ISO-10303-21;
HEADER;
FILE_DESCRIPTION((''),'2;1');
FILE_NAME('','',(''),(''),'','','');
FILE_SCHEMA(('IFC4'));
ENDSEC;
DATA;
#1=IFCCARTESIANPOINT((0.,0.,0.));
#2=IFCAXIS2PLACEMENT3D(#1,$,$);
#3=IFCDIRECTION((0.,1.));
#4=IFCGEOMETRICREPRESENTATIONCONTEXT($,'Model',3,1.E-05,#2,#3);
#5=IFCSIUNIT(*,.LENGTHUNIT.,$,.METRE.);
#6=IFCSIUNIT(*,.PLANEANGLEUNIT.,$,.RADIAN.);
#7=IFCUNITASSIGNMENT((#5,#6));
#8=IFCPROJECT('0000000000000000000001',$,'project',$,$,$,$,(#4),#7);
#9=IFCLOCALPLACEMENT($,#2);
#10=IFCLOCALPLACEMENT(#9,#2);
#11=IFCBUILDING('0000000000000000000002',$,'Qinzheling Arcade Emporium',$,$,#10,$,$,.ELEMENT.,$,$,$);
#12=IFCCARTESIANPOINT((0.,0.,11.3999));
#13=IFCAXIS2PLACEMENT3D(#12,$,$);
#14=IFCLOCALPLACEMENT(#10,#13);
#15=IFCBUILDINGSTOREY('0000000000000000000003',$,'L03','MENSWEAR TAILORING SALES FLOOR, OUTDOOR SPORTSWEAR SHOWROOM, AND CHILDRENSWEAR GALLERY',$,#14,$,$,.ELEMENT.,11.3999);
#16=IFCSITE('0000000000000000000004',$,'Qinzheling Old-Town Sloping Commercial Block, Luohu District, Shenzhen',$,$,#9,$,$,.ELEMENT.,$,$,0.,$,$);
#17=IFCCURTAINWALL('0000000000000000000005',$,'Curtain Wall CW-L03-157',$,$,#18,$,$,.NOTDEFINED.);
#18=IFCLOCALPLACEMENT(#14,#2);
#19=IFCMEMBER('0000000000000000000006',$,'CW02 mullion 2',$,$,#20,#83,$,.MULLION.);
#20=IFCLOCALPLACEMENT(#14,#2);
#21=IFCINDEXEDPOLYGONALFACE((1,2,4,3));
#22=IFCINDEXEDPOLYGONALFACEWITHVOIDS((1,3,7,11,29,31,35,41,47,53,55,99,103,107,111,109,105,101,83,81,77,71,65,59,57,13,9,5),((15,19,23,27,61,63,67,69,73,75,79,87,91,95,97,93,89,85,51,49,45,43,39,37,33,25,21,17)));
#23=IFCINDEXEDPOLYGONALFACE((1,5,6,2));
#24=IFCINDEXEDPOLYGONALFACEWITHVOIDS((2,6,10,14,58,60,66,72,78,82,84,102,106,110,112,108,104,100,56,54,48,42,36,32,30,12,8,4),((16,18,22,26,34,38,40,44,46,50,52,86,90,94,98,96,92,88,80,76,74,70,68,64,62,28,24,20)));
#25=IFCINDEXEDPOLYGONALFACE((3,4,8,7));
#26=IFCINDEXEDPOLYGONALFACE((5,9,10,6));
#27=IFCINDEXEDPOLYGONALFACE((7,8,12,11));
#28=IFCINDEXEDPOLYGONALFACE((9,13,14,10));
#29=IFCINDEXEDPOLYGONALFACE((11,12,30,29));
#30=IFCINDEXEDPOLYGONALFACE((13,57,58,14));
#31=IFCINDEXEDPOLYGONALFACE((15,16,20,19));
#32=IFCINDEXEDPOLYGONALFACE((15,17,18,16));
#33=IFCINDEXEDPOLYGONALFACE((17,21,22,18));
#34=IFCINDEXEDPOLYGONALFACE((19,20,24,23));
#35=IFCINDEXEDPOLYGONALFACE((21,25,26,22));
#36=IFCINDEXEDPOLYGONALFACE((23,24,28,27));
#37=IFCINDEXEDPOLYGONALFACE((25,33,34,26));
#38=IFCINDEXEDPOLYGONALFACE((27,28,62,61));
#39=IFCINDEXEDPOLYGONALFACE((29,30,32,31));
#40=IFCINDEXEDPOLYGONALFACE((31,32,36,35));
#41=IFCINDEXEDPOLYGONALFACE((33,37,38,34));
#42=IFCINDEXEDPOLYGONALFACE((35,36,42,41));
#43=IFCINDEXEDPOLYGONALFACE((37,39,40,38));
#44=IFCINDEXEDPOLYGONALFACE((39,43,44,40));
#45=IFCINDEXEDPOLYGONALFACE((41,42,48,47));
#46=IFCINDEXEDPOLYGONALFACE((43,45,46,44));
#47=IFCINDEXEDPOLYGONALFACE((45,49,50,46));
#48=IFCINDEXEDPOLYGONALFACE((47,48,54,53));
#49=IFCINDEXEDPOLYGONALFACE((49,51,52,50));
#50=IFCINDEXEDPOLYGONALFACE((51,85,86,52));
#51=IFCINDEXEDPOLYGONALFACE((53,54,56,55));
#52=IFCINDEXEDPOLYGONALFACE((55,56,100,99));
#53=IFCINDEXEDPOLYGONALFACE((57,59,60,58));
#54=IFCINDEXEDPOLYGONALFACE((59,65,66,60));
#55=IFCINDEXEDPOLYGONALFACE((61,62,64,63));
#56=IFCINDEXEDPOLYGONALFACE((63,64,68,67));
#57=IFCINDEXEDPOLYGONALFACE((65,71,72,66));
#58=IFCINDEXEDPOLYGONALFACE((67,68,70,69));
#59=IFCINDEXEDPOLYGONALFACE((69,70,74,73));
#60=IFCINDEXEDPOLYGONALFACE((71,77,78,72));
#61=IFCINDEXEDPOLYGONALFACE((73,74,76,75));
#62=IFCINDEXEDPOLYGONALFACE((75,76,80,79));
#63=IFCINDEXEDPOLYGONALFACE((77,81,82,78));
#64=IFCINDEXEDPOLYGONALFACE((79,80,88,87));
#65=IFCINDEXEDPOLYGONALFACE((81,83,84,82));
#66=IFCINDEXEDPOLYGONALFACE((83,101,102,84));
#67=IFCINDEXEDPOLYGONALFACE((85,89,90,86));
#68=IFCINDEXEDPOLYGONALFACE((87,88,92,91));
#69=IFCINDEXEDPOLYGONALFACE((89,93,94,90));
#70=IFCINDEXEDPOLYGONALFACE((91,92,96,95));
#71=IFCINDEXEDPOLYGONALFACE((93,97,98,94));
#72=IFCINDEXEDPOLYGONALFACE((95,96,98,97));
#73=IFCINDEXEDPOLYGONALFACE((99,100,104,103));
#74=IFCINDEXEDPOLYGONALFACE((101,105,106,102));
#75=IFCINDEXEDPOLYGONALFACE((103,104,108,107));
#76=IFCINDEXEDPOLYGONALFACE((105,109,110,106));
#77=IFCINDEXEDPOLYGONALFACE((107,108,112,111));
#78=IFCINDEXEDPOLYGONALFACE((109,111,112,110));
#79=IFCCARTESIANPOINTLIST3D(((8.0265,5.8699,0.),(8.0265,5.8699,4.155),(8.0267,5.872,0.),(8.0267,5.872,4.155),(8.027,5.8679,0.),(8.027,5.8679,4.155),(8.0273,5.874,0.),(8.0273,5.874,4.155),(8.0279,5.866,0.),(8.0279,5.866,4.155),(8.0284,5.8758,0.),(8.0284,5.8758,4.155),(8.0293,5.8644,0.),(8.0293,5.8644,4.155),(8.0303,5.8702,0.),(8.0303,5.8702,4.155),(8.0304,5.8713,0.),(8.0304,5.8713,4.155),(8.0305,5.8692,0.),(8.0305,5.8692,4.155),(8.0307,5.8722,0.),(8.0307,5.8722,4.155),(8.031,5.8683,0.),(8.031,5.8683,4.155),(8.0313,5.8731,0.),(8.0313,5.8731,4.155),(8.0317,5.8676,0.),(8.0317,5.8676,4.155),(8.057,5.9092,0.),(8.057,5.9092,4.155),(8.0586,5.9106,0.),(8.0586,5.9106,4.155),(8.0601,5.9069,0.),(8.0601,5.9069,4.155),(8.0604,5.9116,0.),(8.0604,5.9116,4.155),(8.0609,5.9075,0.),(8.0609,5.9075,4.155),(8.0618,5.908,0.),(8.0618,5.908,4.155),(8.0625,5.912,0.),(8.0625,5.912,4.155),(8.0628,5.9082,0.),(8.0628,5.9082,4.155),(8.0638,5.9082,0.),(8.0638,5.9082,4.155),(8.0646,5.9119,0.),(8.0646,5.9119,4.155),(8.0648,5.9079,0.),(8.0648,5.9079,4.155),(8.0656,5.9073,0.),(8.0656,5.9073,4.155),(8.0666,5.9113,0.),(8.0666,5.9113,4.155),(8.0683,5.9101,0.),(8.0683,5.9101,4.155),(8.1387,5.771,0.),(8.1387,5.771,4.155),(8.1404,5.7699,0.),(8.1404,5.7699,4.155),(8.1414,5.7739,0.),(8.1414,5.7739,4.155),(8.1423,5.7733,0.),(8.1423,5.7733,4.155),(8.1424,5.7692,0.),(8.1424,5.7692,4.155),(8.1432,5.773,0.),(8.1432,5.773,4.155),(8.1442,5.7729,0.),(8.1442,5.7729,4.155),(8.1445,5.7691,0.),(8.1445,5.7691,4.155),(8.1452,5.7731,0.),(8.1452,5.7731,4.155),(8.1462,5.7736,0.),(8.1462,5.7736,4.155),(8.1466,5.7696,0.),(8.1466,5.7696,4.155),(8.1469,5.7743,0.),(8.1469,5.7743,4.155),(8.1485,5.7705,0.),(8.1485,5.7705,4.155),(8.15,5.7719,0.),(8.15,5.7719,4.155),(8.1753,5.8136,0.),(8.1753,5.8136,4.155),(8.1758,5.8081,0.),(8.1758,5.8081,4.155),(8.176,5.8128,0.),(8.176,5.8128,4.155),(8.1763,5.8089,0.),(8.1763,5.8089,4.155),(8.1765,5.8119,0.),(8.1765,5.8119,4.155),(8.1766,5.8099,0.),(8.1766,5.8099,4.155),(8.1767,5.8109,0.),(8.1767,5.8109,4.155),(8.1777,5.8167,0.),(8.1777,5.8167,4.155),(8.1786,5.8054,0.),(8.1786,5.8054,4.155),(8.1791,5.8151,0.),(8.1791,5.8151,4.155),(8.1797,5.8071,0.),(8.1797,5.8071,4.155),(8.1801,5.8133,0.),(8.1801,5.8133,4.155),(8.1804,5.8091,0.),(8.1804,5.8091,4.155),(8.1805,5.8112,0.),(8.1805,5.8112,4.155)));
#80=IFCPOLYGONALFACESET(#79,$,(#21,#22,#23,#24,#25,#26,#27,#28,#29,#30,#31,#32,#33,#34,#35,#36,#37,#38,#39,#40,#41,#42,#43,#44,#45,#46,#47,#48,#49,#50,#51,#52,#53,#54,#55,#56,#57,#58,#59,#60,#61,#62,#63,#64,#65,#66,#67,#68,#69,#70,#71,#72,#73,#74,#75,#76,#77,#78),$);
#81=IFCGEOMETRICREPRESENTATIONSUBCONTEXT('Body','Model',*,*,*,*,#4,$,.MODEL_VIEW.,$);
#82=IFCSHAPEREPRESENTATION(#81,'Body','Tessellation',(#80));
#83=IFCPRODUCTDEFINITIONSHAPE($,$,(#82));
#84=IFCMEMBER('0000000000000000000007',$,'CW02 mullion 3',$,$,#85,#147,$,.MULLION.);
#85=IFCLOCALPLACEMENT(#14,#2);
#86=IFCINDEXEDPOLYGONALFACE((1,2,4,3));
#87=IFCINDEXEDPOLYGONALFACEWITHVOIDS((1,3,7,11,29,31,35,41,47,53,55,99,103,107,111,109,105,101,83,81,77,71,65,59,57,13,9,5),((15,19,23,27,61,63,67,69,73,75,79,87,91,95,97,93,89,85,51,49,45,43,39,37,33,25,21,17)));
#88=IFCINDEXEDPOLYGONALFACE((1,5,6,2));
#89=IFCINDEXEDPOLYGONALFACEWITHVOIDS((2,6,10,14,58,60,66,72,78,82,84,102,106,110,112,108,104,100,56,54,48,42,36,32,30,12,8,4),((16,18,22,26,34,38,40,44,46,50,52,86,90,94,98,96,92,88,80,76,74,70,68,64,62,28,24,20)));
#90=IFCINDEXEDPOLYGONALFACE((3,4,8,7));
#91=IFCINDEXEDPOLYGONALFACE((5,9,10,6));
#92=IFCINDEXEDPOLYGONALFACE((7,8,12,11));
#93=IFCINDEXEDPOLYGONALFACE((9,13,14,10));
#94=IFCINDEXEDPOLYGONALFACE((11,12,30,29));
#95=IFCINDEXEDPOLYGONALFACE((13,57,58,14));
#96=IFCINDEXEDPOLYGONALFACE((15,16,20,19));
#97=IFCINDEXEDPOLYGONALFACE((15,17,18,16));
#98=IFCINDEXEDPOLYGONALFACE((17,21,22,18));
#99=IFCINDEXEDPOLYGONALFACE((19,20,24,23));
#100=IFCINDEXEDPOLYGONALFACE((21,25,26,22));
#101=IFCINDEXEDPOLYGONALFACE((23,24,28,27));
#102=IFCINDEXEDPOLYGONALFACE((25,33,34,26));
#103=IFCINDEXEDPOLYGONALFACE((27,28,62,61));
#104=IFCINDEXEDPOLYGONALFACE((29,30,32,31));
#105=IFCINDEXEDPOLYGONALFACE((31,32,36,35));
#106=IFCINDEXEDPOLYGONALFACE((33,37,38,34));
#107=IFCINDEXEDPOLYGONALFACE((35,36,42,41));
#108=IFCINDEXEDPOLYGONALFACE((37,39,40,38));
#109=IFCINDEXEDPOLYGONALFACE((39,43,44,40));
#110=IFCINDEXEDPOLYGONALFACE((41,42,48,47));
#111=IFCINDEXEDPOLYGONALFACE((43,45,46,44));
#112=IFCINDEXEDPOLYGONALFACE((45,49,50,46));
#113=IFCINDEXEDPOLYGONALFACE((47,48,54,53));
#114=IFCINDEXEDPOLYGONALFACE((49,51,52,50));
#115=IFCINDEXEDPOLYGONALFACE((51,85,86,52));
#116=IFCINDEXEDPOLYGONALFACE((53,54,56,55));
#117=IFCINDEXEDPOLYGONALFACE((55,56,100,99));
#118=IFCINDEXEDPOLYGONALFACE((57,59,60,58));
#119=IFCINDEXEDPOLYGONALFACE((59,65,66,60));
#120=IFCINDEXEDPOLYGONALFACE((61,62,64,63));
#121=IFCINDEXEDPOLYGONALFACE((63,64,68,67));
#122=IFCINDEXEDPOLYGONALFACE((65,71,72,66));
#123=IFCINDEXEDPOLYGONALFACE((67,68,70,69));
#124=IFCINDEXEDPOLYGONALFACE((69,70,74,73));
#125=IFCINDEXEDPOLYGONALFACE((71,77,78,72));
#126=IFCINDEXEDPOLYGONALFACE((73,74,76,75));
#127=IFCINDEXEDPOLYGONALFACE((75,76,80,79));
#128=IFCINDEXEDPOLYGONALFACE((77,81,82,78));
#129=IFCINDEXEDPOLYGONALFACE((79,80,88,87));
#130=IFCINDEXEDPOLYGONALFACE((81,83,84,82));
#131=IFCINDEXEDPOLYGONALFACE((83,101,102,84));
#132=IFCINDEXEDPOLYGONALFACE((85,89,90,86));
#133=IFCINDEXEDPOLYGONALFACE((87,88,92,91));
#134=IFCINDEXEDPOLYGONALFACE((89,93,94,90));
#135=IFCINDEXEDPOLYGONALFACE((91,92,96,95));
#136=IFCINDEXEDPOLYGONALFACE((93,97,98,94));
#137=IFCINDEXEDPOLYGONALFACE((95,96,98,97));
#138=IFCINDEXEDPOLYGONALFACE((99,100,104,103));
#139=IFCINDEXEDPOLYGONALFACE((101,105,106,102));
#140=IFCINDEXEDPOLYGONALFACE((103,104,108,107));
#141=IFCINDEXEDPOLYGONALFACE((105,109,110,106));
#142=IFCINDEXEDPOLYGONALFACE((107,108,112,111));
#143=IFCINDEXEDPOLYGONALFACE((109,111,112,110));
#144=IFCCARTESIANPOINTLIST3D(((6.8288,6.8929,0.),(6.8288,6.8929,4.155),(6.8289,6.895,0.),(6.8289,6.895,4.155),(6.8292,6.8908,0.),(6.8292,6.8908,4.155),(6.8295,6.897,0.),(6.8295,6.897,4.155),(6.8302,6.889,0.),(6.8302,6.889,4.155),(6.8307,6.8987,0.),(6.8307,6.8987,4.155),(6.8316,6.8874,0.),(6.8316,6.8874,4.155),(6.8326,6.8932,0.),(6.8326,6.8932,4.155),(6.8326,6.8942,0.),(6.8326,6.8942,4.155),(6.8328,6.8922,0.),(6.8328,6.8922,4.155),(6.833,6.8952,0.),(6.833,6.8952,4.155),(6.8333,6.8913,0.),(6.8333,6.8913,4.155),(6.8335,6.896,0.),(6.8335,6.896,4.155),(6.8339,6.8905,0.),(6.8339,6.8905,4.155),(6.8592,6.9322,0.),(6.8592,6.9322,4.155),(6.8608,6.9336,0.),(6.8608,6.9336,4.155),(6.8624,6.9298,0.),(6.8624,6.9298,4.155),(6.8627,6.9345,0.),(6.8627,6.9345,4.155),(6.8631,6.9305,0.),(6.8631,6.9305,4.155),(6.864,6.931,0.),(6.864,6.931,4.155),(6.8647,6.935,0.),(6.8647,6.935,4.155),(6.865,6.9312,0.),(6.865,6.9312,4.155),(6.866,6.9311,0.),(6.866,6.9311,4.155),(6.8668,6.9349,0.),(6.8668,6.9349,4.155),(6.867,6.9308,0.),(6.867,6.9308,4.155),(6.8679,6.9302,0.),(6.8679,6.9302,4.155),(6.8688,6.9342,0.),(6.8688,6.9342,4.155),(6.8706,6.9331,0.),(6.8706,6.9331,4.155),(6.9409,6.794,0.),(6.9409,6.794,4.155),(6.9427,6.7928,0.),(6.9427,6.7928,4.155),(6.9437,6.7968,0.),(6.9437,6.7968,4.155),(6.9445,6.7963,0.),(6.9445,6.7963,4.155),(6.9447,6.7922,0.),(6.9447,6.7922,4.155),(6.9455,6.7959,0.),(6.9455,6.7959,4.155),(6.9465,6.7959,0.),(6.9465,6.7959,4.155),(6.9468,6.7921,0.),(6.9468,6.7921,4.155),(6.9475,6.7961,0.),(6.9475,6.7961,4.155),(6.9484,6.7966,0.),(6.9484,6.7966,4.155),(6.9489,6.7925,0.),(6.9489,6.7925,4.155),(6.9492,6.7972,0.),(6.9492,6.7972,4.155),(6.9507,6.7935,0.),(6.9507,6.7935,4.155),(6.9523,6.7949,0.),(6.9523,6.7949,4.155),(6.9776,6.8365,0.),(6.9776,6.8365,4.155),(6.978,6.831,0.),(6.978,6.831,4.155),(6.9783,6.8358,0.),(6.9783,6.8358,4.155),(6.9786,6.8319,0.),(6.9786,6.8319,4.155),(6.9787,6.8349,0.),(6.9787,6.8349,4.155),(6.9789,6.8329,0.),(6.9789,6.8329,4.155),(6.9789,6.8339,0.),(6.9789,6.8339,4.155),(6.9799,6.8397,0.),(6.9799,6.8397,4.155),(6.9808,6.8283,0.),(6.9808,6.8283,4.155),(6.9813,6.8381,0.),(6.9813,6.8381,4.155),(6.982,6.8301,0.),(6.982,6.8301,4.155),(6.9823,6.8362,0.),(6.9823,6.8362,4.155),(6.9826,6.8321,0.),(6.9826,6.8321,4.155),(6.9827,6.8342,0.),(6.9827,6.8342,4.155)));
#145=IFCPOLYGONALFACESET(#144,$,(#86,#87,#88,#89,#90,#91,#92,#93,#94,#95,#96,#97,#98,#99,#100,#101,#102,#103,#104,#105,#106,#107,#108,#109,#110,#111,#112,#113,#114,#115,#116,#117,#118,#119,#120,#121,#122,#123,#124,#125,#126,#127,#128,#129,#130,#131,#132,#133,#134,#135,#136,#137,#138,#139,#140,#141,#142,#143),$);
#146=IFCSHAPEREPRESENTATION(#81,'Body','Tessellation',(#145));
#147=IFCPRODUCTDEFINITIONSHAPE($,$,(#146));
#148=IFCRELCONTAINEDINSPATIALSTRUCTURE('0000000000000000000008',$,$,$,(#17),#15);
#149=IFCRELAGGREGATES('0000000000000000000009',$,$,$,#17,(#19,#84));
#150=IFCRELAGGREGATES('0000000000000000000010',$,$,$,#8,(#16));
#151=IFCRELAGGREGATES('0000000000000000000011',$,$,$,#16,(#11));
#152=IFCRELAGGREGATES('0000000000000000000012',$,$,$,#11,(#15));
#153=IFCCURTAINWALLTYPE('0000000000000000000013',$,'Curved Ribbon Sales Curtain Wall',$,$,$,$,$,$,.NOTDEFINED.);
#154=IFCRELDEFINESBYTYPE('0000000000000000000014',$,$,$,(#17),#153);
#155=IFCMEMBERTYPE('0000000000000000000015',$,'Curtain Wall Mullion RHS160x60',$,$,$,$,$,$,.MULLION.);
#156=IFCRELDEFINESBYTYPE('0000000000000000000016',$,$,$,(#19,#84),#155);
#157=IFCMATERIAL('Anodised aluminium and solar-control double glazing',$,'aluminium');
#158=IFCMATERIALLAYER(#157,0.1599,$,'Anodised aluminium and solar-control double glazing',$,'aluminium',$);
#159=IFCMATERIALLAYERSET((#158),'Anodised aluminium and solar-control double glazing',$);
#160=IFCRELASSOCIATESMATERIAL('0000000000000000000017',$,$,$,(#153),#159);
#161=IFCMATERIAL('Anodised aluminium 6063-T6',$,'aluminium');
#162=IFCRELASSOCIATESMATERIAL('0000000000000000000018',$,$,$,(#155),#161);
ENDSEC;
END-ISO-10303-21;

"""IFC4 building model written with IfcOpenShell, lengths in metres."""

from ifc_helpers import new_model, si_unit, direction, frame, origin, origin_2d, place, context, subcontext, project, spatial, hollow_rectangle, extrude, material, layer, layer_set, material_profile, profile_set, type_object, element, aggregate, save


model = new_model("IFC4")

# Units and contexts
model_context = context("Model", 3, precision=1e-05, world=origin(), true_north=direction((0.0, 1.0)))
body_context = subcontext(model_context, "Body", "Model", "MODEL_VIEW")
ifc_project = project(units=[si_unit("LENGTHUNIT", "METRE"), si_unit("PLANEANGLEUNIT", "RADIAN")], contexts=[model_context])

# Site, building, storey
site_placement = place(None, origin())
site = spatial("IfcSite", under=ifc_project, at=site_placement, Name="Qinzheling Old-Town Sloping Commercial Block, Luohu District, Shenzhen", CompositionType="ELEMENT", RefElevation=0.0)
building_placement = place(site_placement, origin())
building = spatial("IfcBuilding", under=site, at=building_placement, Name="Qinzheling Arcade Emporium", CompositionType="ELEMENT")
storey_placement = place(building_placement, frame((0.0, 0.0, 11.3999)))
storey = spatial("IfcBuildingStorey", under=building, at=storey_placement, Name="L03", Description="MENSWEAR TAILORING SALES FLOOR, OUTDOOR SPORTSWEAR SHOWROOM, AND CHILDRENSWEAR GALLERY", CompositionType="ELEMENT", Elevation=11.3999)

# Curtain wall, members
ifc_material_1 = material(Name="Anodised aluminium and solar-control double glazing", Category="aluminium")
ifc_layer_1 = layer(ifc_material_1, 0.1599, Name="Anodised aluminium and solar-control double glazing", Category="aluminium")
ifc_layer_set_1 = layer_set([ifc_layer_1], Name="Anodised aluminium and solar-control double glazing")
curtain_wall_type = type_object("IfcCurtainWallType", Name="Curved Ribbon Sales Curtain Wall", PredefinedType="NOTDEFINED", material=ifc_layer_set_1)
ifc_material_2 = material(Name="Anodised aluminium 6063-T6", Category="aluminium")
ifc_material_profile_1 = material_profile(ifc_material_2, hollow_rectangle(XDim=0.0601, YDim=0.1599, WallThickness=0.0039, InnerFilletRadius=0.0039, OuterFilletRadius=0.0081, at=origin_2d()), Name="RHS 160x60x4", Category="aluminium")
ifc_profile_set_1 = profile_set([ifc_material_profile_1], Name="Anodised aluminium 6063-T6")
member_type_1 = type_object("IfcMemberType", Name="Curtain Wall Mullion RHS160x60", PredefinedType="MULLION", material=ifc_profile_set_1)
curtain_wall_1_placement = place(storey_placement, origin())
curtain_wall_1 = element("IfcCurtainWall", 1, at=curtain_wall_1_placement, inside=storey, type_object=curtain_wall_type, Name="Curtain Wall CW-L03-157", PredefinedType="NOTDEFINED")
member_1_placement = place(storey_placement, frame((8.1035, 5.8406, 0.0), z_axis=(0.0, 0.0, 1.0), x_axis=(-0.649482, -0.760377, 0.0)))
member_1 = element("IfcMember", 2, at=member_1_placement, type_object=member_type_1, Name="CW02 mullion 2", PredefinedType="MULLION", context=body_context, shape_type="SweptSolid", body=[
    extrude(hollow_rectangle(XDim=0.0601, YDim=0.1599, WallThickness=0.0039, InnerFilletRadius=0.0039, OuterFilletRadius=0.0081, at=origin_2d()), origin(), (0.0, 0.0, 1.0), 4.155),
])
member_2_placement = place(storey_placement, frame((6.9058, 6.8635, 0.0), z_axis=(0.0, 0.0, 1.0), x_axis=(-0.649482, -0.760377, 0.0)))
member_2 = element("IfcMember", 3, at=member_2_placement, type_object=member_type_1, Name="CW02 mullion 3", PredefinedType="MULLION", context=body_context, shape_type="SweptSolid", body=[
    extrude(hollow_rectangle(XDim=0.0601, YDim=0.1599, WallThickness=0.0039, InnerFilletRadius=0.0039, OuterFilletRadius=0.0081, at=origin_2d()), origin(), (0.0, 0.0, 1.0), 4.155),
])

aggregate(curtain_wall_1, [member_1, member_2])

save(model, "model.ifc")
